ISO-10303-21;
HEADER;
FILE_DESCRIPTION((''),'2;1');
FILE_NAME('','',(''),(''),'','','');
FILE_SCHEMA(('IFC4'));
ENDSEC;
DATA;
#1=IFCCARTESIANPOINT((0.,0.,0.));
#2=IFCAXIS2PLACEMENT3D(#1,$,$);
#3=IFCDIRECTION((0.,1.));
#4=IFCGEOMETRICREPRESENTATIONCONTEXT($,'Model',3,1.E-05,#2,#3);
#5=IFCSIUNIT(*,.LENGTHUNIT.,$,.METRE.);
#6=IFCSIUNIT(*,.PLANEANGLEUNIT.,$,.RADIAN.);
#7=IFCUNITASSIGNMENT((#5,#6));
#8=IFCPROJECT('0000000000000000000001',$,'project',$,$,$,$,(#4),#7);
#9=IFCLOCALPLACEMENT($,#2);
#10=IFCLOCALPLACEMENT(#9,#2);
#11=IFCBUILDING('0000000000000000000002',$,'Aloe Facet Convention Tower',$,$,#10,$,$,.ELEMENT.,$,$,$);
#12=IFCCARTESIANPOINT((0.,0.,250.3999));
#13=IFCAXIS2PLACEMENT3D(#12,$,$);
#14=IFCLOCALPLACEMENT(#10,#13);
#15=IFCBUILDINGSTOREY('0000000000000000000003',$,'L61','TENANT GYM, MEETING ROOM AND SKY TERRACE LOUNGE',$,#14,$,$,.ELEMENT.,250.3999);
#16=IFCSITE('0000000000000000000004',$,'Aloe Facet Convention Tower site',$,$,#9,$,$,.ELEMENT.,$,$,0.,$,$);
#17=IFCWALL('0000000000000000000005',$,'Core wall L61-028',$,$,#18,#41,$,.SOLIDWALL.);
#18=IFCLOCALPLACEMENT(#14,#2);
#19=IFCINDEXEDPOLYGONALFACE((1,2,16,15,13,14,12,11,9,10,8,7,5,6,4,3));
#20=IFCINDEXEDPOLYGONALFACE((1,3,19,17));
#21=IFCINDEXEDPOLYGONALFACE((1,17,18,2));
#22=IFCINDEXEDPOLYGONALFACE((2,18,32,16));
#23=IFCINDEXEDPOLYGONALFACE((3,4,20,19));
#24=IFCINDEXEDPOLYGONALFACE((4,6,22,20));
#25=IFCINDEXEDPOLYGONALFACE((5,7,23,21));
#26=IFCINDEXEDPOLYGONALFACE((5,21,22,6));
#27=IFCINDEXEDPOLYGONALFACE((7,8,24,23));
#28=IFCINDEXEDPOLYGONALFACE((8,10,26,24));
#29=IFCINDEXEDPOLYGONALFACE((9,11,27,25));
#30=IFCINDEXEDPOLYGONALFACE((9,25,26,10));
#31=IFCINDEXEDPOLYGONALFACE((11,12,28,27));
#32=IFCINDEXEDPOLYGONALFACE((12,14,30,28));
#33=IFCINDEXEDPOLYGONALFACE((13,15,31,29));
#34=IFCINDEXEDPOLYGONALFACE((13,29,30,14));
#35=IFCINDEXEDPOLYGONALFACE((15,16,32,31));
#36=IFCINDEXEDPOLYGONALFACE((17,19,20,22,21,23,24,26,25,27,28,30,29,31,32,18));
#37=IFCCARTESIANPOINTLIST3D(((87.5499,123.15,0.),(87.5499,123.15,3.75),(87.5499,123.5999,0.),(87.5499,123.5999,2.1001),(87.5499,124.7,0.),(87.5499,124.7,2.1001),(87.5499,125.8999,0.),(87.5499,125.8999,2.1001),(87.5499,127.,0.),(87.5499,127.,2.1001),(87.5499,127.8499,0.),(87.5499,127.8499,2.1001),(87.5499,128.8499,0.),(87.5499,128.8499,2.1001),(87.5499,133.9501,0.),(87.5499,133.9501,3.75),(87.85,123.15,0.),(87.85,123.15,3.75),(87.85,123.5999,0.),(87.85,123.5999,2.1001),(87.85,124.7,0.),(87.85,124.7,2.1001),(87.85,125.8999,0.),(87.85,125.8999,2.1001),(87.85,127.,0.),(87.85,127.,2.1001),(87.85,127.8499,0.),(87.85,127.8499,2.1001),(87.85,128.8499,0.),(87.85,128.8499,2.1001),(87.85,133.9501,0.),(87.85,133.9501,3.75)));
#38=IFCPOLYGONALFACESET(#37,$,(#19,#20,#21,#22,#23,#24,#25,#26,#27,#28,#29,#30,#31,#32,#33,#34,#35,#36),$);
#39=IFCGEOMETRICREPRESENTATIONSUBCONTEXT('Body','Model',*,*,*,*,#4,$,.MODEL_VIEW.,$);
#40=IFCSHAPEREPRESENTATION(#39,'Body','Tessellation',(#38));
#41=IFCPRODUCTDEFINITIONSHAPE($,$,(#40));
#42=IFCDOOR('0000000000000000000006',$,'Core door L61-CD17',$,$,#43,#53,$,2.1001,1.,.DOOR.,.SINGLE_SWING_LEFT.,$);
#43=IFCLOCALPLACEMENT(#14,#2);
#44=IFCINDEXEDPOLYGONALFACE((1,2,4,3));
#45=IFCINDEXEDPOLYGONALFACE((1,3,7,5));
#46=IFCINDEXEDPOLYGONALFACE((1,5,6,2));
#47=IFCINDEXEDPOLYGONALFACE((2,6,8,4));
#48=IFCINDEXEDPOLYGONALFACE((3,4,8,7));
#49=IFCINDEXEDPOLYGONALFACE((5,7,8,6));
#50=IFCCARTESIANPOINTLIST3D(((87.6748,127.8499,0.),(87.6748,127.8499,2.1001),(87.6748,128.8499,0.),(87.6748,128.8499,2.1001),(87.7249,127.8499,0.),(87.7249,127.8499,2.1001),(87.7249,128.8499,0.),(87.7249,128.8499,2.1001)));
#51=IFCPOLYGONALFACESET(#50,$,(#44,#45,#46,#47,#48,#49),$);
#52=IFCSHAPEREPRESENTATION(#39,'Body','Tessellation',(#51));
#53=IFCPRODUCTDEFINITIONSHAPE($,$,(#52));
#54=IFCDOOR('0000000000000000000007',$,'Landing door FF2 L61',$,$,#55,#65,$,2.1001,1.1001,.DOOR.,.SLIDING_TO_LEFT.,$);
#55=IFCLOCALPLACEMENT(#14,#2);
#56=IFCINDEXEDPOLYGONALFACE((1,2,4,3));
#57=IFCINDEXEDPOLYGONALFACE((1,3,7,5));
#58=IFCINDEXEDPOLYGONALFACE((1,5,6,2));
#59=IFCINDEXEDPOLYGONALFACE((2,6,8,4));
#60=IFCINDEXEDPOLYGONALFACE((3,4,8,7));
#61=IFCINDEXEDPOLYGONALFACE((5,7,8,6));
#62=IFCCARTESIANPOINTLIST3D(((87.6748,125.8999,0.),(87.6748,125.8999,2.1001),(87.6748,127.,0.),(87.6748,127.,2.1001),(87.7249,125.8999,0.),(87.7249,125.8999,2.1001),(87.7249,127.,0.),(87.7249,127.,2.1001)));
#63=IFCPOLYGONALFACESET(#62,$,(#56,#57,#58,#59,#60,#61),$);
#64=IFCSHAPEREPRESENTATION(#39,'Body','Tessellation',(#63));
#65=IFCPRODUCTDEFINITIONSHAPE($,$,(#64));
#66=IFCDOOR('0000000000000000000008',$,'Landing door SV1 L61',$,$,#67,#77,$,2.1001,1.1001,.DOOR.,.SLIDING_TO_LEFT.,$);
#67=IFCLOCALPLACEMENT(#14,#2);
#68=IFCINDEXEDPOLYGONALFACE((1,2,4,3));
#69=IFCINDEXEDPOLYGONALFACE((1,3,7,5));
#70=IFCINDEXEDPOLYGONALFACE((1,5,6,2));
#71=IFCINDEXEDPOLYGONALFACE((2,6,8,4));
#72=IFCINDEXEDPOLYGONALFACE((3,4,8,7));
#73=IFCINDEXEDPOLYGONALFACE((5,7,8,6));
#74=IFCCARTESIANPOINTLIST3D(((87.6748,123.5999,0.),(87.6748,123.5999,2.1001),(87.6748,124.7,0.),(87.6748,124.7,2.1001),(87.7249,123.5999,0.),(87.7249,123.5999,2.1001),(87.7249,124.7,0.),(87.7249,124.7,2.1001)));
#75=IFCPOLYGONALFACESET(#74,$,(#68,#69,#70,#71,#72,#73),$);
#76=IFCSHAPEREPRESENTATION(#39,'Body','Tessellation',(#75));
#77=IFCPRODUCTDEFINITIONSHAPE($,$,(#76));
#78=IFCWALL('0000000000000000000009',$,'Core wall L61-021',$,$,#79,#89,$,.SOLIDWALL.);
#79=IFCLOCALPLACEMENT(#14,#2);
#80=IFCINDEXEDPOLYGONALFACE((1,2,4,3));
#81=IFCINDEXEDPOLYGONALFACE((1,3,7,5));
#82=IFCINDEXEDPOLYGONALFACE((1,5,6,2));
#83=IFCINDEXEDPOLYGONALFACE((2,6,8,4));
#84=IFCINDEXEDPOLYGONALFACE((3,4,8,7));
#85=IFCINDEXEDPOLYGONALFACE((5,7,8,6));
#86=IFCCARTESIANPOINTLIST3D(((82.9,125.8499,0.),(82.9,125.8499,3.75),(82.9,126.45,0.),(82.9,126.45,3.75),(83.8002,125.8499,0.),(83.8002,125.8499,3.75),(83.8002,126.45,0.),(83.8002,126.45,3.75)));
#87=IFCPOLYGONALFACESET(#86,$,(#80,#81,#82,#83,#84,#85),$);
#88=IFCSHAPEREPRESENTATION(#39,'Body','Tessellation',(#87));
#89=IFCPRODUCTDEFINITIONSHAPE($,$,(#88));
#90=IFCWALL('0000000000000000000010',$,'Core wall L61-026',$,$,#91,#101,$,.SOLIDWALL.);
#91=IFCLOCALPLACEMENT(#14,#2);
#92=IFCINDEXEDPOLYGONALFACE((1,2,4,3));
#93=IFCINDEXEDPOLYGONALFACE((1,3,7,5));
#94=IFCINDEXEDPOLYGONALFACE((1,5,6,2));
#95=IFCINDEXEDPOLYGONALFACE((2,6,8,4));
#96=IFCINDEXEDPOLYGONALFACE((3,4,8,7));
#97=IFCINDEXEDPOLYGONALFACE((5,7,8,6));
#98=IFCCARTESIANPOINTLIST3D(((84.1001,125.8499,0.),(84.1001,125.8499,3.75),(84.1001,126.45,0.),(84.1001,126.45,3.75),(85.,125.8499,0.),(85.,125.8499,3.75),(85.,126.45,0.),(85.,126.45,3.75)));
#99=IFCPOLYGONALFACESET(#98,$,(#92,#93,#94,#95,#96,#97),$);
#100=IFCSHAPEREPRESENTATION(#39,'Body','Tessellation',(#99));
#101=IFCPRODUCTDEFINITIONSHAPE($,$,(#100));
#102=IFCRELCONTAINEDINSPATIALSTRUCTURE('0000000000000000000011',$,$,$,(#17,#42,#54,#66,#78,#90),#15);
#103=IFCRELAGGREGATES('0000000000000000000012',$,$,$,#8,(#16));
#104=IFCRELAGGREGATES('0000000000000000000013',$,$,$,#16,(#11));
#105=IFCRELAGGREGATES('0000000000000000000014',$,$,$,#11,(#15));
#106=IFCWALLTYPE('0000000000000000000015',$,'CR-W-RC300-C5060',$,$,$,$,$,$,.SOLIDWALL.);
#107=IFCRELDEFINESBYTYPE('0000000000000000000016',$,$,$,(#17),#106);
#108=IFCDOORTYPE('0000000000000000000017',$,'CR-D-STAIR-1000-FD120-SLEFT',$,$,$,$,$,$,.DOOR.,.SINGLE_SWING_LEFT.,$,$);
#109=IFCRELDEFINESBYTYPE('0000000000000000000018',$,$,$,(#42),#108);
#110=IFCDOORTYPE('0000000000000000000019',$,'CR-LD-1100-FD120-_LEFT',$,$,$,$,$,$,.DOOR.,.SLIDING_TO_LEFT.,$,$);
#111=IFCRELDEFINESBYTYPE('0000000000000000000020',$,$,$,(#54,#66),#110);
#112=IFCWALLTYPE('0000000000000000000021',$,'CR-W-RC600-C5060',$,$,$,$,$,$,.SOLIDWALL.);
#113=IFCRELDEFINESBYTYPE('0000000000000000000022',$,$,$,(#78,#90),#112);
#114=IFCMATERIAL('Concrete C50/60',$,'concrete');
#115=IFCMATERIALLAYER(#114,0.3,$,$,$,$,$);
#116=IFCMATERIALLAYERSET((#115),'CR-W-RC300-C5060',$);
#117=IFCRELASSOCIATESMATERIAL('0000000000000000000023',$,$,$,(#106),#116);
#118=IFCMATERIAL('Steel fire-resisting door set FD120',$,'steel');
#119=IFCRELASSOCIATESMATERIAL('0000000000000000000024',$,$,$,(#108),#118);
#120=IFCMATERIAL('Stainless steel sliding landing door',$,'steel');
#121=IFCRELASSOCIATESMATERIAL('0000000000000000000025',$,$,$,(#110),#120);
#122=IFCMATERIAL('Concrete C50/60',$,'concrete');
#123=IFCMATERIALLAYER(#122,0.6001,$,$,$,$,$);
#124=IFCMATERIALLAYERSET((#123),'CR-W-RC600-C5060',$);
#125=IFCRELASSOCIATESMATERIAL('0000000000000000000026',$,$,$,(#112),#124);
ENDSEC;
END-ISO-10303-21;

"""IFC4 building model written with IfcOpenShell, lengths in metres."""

from ifc_helpers import new_model, si_unit, direction, frame, frame_2d, origin, place, context, subcontext, project, spatial, rectangle, extrude, material, layer, layer_set, type_object, element, fill, save


model = new_model("IFC4")

# Units and contexts
model_context = context("Model", 3, precision=1e-05, world=origin(), true_north=direction((0.0, 1.0)))
body_context = subcontext(model_context, "Body", "Model", "MODEL_VIEW")
ifc_project = project(units=[si_unit("LENGTHUNIT", "METRE"), si_unit("PLANEANGLEUNIT", "RADIAN")], contexts=[model_context])

# Site, building, storey
site_placement = place(None, origin())
site = spatial("IfcSite", under=ifc_project, at=site_placement, Name="Aloe Facet Convention Tower site", CompositionType="ELEMENT", RefElevation=0.0)
building_placement = place(site_placement, origin())
building = spatial("IfcBuilding", under=site, at=building_placement, Name="Aloe Facet Convention Tower", CompositionType="ELEMENT")
storey_placement = place(building_placement, frame((0.0, 0.0, 250.3999)))
storey = spatial("IfcBuildingStorey", under=building, at=storey_placement, Name="L61", Description="TENANT GYM, MEETING ROOM AND SKY TERRACE LOUNGE", CompositionType="ELEMENT", Elevation=250.3999)

# Shared definitions
ifc_material_1 = material(Name="Concrete C50/60", Category="concrete")
ifc_layer_1 = layer(ifc_material_1, 0.3)
ifc_layer_set_1 = layer_set([ifc_layer_1], Name="CR-W-RC300-C5060")
wall_type_1 = type_object("IfcWallType", Name="CR-W-RC300-C5060", PredefinedType="SOLIDWALL", material=ifc_layer_set_1)

# Wall, openings, doors
wall_1_placement = place(storey_placement, frame((87.7, 133.95, 0.0), z_axis=(0.0, 0.0, 1.0), x_axis=(0.0, -1.0, 0.0)))
wall_1 = element("IfcWall", 1, at=wall_1_placement, inside=storey, type_object=wall_type_1, Name="Core wall L61-028", PredefinedType="SOLIDWALL", context=body_context, shape_type="SweptSolid", body=[
    extrude(rectangle(XDim=10.8, YDim=0.3, at=frame_2d((5.3999, 0.0))), origin(), (0.0, 0.0, 1.0), 3.75),
])
opening_1_placement = place(wall_1_placement, frame((6.95, 0.0, 0.0)))
opening_1 = element("IfcOpeningElement", 2, at=opening_1_placement, cuts=wall_1, PredefinedType="OPENING", context=body_context, shape_type="SweptSolid", body=[
    extrude(rectangle(XDim=1.1001, YDim=2.1001, at=frame_2d((0.55, 1.05))), frame((0.0, 0.1602, 0.0), z_axis=(0.0, -1.0, 0.0), x_axis=(1.0, 0.0, 0.0)), (0.0, 0.0, 1.0), 0.3201),
])
opening_2_placement = place(wall_1_placement, frame((5.1001, 0.0, 0.0)))
opening_2 = element("IfcOpeningElement", 3, at=opening_2_placement, cuts=wall_1, PredefinedType="OPENING", context=body_context, shape_type="SweptSolid", body=[
    extrude(rectangle(XDim=1.0, YDim=2.1001, at=frame_2d((0.5, 1.05))), frame((0.0, 0.1602, 0.0), z_axis=(0.0, -1.0, 0.0), x_axis=(1.0, 0.0, 0.0)), (0.0, 0.0, 1.0), 0.3201),
])
opening_3_placement = place(wall_1_placement, frame((9.25, 0.0, 0.0)))
opening_3 = element("IfcOpeningElement", 4, at=opening_3_placement, cuts=wall_1, PredefinedType="OPENING", context=body_context, shape_type="SweptSolid", body=[
    extrude(rectangle(XDim=1.1001, YDim=2.1001, at=frame_2d((0.55, 1.05))), frame((0.0, 0.1602, 0.0), z_axis=(0.0, -1.0, 0.0), x_axis=(1.0, 0.0, 0.0)), (0.0, 0.0, 1.0), 0.3201),
])
ifc_material_2 = material(Name="Steel fire-resisting door set FD120", Category="steel")
door_type_1 = type_object("IfcDoorType", Name="CR-D-STAIR-1000-FD120-SLEFT", OperationType="SINGLE_SWING_LEFT", PredefinedType="DOOR", material=ifc_material_2)
door_1_placement = place(opening_2_placement, origin())
door_1 = element("IfcDoor", 5, at=door_1_placement, inside=storey, type_object=door_type_1, Name="Core door L61-CD17", OperationType="SINGLE_SWING_LEFT", OverallHeight=2.1001, OverallWidth=1.0, PredefinedType="DOOR", context=body_context, shape_type="SweptSolid", body=[
    extrude(rectangle(XDim=1.0, YDim=2.1001, at=frame_2d((0.5, 1.05))), frame((0.0, 0.0249, 0.0), z_axis=(0.0, -1.0, 0.0), x_axis=(1.0, 0.0, 0.0)), (0.0, 0.0, 1.0), 0.05),
])
fill(opening_2, door_1)
ifc_material_3 = material(Name="Stainless steel sliding landing door", Category="steel")
door_type_2 = type_object("IfcDoorType", Name="CR-LD-1100-FD120-_LEFT", OperationType="SLIDING_TO_LEFT", PredefinedType="DOOR", material=ifc_material_3)
door_2_placement = place(opening_1_placement, origin())
door_2 = element("IfcDoor", 6, at=door_2_placement, inside=storey, type_object=door_type_2, Name="Landing door FF2 L61", OperationType="SLIDING_TO_LEFT", OverallHeight=2.1001, OverallWidth=1.1001, PredefinedType="DOOR", context=body_context, shape_type="SweptSolid", body=[
    extrude(rectangle(XDim=1.1001, YDim=2.1001, at=frame_2d((0.55, 1.05))), frame((0.0, 0.0249, 0.0), z_axis=(0.0, -1.0, 0.0), x_axis=(1.0, 0.0, 0.0)), (0.0, 0.0, 1.0), 0.05),
])
fill(opening_1, door_2)
door_3_placement = place(opening_3_placement, origin())
door_3 = element("IfcDoor", 7, at=door_3_placement, inside=storey, type_object=door_type_2, Name="Landing door SV1 L61", OperationType="SLIDING_TO_LEFT", OverallHeight=2.1001, OverallWidth=1.1001, PredefinedType="DOOR", context=body_context, shape_type="SweptSolid", body=[
    extrude(rectangle(XDim=1.1001, YDim=2.1001, at=frame_2d((0.55, 1.05))), frame((0.0, 0.0249, 0.0), z_axis=(0.0, -1.0, 0.0), x_axis=(1.0, 0.0, 0.0)), (0.0, 0.0, 1.0), 0.05),
])
fill(opening_3, door_3)

# Walls
ifc_material_4 = material(Name="Concrete C50/60", Category="concrete")
ifc_layer_2 = layer(ifc_material_4, 0.6001)
ifc_layer_set_2 = layer_set([ifc_layer_2], Name="CR-W-RC600-C5060")
wall_type_2 = type_object("IfcWallType", Name="CR-W-RC600-C5060", PredefinedType="SOLIDWALL", material=ifc_layer_set_2)
wall_2_placement = place(storey_placement, frame((82.8999, 126.1499, 0.0), z_axis=(0.0, 0.0, 1.0), x_axis=(1.0, 0.0, 0.0)))
element("IfcWall", 8, at=wall_2_placement, inside=storey, type_object=wall_type_2, Name="Core wall L61-021", PredefinedType="SOLIDWALL", context=body_context, shape_type="SweptSolid", body=[
    extrude(rectangle(XDim=0.9001, YDim=0.6001, at=frame_2d((0.4502, 0.0))), origin(), (0.0, 0.0, 1.0), 3.75),
])
wall_3_placement = place(storey_placement, frame((84.1001, 126.1499, 0.0), z_axis=(0.0, 0.0, 1.0), x_axis=(1.0, 0.0, 0.0)))
element("IfcWall", 9, at=wall_3_placement, inside=storey, type_object=wall_type_2, Name="Core wall L61-026", PredefinedType="SOLIDWALL", context=body_context, shape_type="SweptSolid", body=[
    extrude(rectangle(XDim=0.8999, YDim=0.6001, at=frame_2d((0.45, 0.0))), origin(), (0.0, 0.0, 1.0), 3.75),
])

save(model, "model.ifc")
